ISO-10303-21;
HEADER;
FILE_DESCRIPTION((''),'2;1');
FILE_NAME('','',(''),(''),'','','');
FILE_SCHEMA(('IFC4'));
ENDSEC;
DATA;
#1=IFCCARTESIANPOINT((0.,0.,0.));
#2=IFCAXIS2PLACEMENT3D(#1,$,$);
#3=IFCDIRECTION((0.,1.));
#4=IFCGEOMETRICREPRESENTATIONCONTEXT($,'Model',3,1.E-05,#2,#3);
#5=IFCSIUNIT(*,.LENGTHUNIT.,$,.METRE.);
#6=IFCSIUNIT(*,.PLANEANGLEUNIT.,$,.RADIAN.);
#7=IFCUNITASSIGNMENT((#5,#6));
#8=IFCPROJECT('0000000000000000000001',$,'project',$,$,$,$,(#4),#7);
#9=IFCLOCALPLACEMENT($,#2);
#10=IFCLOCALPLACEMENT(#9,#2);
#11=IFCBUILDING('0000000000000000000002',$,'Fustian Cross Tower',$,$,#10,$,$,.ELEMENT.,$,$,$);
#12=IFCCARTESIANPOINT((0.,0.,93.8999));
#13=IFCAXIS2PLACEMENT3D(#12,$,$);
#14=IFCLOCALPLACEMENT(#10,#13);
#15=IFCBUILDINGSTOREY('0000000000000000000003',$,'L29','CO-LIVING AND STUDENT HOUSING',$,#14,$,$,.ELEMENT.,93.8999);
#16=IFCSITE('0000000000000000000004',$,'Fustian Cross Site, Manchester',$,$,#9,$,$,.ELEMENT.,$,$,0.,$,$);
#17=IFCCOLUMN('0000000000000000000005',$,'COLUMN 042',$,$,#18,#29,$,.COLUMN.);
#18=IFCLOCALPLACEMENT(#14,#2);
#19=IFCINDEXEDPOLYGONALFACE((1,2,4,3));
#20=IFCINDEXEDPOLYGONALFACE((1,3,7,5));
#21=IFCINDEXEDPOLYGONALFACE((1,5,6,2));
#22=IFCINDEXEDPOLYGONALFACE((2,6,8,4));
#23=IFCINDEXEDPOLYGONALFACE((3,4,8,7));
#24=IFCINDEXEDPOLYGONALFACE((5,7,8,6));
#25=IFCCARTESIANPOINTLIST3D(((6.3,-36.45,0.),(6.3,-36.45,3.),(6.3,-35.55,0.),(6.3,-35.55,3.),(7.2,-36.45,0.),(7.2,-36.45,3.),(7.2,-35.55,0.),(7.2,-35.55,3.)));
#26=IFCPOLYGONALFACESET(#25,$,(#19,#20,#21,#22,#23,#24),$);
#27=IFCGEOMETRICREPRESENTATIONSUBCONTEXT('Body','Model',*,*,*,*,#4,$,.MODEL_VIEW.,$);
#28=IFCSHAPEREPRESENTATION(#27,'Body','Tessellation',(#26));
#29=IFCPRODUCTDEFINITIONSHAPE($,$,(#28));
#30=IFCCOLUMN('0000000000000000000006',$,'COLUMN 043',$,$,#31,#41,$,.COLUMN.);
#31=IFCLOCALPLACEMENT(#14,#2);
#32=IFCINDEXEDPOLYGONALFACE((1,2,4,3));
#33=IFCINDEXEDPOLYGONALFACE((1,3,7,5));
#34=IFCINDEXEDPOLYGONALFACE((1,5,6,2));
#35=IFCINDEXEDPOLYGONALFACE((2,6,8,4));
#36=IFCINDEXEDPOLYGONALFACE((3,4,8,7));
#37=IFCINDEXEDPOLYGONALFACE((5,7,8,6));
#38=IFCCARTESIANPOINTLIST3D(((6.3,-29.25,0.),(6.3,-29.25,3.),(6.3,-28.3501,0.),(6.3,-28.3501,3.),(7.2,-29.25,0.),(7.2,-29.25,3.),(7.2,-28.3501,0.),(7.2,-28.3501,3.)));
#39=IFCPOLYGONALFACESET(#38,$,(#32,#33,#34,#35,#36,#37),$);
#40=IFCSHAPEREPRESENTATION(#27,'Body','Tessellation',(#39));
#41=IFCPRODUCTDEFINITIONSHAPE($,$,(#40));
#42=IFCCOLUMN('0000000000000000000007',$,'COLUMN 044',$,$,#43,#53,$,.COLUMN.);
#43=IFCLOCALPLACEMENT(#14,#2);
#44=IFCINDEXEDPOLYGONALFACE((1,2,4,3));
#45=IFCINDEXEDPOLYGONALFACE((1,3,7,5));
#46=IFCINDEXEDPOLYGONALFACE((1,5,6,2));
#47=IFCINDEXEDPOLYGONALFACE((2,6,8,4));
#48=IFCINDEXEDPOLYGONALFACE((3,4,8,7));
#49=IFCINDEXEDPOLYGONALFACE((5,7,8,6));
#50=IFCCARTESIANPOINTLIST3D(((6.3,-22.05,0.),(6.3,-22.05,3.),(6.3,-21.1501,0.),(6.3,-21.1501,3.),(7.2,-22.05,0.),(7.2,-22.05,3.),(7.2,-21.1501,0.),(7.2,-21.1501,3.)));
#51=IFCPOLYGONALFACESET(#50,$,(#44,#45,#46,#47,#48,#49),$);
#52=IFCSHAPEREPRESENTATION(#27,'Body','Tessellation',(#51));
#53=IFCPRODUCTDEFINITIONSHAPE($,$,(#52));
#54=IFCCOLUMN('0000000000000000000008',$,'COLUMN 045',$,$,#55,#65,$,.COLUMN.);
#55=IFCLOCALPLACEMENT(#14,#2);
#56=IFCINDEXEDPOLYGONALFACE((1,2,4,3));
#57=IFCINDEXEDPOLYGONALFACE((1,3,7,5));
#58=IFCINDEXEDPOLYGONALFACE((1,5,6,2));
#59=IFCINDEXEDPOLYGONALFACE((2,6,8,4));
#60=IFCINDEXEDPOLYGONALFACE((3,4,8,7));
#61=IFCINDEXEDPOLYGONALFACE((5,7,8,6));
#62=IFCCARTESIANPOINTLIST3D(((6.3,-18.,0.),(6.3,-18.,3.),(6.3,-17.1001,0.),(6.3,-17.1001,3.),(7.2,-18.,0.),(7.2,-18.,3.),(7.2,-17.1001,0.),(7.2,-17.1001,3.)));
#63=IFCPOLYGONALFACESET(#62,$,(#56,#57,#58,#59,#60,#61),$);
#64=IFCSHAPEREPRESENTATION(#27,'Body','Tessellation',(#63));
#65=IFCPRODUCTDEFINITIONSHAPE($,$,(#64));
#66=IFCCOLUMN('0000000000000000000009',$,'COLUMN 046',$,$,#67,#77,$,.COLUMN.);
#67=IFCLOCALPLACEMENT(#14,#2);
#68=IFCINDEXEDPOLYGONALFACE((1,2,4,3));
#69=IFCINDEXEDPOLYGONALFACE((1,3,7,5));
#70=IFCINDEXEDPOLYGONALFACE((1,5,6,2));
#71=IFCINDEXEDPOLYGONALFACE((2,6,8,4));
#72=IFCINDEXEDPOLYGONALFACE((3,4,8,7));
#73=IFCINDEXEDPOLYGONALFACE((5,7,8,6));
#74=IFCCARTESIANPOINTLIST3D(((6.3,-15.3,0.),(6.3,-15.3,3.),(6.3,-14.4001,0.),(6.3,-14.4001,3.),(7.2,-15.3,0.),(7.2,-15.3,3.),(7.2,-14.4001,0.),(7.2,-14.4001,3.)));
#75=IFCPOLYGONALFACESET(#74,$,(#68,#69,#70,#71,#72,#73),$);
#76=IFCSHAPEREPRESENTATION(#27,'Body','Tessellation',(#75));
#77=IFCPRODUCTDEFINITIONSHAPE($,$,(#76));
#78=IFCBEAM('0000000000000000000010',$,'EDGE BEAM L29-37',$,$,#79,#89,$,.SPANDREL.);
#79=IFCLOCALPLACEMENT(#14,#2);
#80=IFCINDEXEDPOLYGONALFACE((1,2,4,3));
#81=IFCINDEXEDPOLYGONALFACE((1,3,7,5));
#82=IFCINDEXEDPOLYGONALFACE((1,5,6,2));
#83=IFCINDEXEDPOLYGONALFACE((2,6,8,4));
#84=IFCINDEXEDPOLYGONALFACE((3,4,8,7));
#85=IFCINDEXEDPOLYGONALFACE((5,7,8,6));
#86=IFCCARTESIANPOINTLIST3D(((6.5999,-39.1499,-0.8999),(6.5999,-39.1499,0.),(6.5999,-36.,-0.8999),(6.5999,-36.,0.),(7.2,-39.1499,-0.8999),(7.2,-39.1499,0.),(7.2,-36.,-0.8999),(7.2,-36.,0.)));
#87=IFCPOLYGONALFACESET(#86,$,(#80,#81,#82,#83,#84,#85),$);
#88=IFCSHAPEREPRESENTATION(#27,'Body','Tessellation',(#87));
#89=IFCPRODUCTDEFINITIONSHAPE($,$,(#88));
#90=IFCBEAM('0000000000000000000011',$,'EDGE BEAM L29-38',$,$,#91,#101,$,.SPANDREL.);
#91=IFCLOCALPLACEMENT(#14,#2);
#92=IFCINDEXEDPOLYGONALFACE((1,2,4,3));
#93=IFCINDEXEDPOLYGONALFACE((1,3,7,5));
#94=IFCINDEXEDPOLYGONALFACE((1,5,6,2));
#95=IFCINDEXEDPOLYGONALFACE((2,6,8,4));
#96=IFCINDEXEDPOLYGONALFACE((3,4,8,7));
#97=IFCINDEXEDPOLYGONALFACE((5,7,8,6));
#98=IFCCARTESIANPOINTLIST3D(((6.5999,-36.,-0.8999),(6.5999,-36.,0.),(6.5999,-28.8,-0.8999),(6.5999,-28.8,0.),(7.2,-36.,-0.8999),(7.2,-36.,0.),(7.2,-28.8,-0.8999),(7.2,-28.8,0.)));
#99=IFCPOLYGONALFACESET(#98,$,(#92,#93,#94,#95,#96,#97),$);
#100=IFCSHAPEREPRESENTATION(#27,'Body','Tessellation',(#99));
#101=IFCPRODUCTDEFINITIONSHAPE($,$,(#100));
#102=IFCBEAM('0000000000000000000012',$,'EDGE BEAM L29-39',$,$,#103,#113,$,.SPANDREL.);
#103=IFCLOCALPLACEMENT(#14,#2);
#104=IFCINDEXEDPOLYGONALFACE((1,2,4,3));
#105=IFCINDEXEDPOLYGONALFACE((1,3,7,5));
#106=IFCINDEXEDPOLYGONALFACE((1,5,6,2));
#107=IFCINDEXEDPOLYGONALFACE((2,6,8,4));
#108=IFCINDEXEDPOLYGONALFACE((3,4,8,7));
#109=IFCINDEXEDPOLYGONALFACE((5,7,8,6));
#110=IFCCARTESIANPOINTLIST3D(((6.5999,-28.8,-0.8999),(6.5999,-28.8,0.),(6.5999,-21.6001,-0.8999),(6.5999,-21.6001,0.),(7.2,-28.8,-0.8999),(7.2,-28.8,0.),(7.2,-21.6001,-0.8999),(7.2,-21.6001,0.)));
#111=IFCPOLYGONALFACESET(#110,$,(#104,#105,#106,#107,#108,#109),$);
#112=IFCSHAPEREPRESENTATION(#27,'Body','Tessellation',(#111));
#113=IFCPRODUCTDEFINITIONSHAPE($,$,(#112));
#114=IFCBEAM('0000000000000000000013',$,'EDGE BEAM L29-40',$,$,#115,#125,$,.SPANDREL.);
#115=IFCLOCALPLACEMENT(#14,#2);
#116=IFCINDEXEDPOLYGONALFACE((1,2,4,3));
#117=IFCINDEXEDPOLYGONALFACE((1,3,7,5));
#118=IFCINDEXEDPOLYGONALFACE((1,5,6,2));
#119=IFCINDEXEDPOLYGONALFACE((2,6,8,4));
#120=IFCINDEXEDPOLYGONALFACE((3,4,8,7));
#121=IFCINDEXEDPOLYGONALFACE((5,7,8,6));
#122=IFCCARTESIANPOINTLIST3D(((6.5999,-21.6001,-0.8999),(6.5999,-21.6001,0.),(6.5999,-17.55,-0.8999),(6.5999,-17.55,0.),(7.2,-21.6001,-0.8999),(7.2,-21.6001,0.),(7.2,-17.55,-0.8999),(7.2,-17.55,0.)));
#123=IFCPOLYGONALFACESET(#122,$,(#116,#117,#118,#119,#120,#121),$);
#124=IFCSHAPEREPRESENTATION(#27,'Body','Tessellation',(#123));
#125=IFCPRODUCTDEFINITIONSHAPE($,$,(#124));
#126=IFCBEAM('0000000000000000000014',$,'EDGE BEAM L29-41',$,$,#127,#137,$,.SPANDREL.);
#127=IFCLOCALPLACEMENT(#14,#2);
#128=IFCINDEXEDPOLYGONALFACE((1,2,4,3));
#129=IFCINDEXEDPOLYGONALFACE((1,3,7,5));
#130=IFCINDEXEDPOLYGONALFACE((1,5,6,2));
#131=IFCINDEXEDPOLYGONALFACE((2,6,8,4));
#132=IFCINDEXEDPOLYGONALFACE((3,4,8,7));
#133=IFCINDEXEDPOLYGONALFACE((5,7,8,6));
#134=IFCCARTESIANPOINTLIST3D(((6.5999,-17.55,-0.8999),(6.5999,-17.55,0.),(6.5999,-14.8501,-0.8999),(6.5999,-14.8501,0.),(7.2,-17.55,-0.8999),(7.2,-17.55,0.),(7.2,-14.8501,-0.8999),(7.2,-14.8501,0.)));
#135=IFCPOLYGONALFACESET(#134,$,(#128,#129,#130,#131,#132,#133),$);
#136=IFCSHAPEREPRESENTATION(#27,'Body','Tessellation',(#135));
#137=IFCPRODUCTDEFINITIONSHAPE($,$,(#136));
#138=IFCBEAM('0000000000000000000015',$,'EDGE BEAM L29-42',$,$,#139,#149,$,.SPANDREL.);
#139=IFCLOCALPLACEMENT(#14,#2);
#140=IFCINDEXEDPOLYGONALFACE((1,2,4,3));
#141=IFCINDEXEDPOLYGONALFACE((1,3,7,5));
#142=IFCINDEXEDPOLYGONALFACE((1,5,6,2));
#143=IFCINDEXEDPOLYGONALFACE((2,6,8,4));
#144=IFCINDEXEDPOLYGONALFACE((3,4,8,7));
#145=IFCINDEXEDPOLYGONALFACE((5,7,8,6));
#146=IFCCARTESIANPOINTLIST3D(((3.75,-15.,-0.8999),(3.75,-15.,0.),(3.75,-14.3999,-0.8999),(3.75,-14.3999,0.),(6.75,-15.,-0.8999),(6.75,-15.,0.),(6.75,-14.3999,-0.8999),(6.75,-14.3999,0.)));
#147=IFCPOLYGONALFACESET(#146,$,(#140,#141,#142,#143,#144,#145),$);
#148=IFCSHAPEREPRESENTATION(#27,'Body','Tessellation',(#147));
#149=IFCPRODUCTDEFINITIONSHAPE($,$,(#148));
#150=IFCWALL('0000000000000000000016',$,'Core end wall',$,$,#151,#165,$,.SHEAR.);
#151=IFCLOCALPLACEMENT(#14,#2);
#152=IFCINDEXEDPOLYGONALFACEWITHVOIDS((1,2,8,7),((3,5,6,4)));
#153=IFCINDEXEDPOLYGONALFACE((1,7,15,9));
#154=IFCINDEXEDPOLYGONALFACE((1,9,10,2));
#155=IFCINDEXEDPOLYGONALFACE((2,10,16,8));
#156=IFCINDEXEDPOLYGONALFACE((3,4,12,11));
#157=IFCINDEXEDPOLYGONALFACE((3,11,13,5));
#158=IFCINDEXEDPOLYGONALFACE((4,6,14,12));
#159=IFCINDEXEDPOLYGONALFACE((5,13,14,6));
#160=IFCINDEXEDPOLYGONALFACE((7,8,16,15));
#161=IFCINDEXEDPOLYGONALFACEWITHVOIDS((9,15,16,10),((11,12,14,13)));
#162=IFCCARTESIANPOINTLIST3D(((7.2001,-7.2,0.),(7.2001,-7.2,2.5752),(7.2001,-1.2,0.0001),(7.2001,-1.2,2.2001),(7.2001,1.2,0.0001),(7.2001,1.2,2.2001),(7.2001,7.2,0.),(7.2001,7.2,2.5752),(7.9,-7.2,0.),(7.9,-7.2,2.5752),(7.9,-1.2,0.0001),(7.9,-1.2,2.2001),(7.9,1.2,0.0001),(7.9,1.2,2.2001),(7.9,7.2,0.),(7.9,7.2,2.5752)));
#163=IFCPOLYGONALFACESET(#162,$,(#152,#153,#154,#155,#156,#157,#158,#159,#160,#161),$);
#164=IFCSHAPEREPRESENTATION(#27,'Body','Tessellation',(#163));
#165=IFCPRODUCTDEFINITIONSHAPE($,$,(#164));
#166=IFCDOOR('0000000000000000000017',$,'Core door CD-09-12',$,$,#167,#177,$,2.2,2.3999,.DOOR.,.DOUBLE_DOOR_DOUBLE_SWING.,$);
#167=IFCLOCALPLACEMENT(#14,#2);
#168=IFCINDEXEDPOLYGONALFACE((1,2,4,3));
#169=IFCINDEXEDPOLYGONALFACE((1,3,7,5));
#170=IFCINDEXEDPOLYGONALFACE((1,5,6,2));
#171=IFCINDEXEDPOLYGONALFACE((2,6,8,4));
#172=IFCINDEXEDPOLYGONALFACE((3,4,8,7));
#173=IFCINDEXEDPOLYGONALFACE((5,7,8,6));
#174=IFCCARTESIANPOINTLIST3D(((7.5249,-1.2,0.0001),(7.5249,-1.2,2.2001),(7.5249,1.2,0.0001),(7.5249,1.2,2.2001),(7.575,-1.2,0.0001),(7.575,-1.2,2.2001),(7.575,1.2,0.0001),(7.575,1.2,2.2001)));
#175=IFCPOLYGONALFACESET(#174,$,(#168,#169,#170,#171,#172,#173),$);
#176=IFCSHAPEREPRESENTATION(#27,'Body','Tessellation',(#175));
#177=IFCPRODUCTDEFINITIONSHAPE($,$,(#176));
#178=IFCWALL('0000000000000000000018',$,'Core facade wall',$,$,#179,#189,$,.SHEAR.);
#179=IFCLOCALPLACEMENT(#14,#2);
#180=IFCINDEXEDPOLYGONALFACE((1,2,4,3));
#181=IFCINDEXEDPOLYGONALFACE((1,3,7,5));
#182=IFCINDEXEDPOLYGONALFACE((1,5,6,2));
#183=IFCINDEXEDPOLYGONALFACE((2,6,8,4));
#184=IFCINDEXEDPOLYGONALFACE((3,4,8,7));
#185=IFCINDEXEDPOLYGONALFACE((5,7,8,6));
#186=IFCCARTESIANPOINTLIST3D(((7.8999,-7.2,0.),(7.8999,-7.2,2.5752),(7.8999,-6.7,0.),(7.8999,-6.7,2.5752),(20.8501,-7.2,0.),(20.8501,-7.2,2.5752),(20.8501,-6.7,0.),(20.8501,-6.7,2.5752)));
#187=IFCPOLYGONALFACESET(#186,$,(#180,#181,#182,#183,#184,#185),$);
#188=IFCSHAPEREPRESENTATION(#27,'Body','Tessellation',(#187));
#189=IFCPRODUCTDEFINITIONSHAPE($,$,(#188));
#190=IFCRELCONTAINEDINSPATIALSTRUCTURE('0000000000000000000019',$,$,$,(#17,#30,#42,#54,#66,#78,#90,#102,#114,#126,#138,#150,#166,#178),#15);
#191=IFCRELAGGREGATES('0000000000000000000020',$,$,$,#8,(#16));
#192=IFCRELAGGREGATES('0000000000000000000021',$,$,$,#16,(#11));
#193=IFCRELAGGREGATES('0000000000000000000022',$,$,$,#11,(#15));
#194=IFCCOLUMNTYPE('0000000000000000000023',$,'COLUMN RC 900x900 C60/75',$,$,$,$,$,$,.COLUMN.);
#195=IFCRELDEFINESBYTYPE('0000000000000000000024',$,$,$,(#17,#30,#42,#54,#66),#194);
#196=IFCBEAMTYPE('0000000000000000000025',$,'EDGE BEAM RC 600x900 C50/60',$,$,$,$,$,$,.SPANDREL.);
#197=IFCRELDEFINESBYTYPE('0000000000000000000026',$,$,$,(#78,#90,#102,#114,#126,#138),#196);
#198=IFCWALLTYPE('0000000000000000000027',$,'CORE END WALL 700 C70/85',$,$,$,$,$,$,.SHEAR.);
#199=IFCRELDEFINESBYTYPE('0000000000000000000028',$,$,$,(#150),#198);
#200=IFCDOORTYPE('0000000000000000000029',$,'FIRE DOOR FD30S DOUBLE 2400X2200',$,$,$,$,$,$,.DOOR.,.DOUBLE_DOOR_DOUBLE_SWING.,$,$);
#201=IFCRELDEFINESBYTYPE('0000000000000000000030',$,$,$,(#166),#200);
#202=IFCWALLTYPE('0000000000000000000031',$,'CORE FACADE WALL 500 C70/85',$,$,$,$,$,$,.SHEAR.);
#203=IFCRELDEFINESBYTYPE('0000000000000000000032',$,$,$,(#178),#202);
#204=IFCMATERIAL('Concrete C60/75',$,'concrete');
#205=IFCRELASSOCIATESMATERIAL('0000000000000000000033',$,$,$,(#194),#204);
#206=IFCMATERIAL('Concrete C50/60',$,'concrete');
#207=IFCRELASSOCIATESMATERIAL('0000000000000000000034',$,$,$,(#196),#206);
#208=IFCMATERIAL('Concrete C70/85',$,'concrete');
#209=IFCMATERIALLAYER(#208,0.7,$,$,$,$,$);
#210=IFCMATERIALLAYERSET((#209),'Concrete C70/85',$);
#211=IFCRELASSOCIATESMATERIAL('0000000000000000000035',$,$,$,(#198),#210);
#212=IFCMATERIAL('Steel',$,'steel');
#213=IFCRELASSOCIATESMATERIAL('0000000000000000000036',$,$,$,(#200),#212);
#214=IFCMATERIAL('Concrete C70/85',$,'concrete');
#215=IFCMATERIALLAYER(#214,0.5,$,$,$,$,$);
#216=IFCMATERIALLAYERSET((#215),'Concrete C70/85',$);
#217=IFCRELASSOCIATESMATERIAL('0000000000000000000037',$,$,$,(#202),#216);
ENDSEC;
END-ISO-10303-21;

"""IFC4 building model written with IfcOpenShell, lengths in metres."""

from ifc_helpers import new_model, si_unit, direction, frame, frame_2d, origin, origin_2d, place, context, subcontext, project, spatial, rectangle, extrude, material, layer, layer_set, material_profile, profile_set, type_object, element, fill, save


model = new_model("IFC4")

# Units and contexts
model_context = context("Model", 3, precision=1e-05, world=origin(), true_north=direction((0.0, 1.0)))
body_context = subcontext(model_context, "Body", "Model", "MODEL_VIEW")
ifc_project = project(units=[si_unit("LENGTHUNIT", "METRE"), si_unit("PLANEANGLEUNIT", "RADIAN")], contexts=[model_context])

# Site, building, storey
site_placement = place(None, origin())
site = spatial("IfcSite", under=ifc_project, at=site_placement, Name="Fustian Cross Site, Manchester", CompositionType="ELEMENT", RefElevation=0.0)
building_placement = place(site_placement, origin())
building = spatial("IfcBuilding", under=site, at=building_placement, Name="Fustian Cross Tower", CompositionType="ELEMENT")
storey_placement = place(building_placement, frame((0.0, 0.0, 93.8999)))
storey = spatial("IfcBuildingStorey", under=building, at=storey_placement, Name="L29", Description="CO-LIVING AND STUDENT HOUSING", CompositionType="ELEMENT", Elevation=93.8999)

# Columns
ifc_material_1 = material(Name="Concrete C60/75", Category="concrete")
ifc_material_profile_1 = material_profile(ifc_material_1, rectangle(XDim=0.8999, YDim=0.8999, at=origin_2d()), Name="RC 900x900")
ifc_profile_set_1 = profile_set([ifc_material_profile_1], Name="Concrete C60/75")
column_type = type_object("IfcColumnType", Name="COLUMN RC 900x900 C60/75", PredefinedType="COLUMN", material=ifc_profile_set_1)
for number, where, z_axis, x_axis, name in (
    (1, (6.75, -36.0, 0.0), (0.0, 0.0, 1.0), (1.0, 0.0, 0.0), "COLUMN 042"),
    (2, (6.75, -28.8, 0.0), (0.0, 0.0, 1.0), (1.0, 0.0, 0.0), "COLUMN 043"),
    (3, (6.75, -21.6001, 0.0), (0.0, 0.0, 1.0), (1.0, 0.0, 0.0), "COLUMN 044"),
    (4, (6.75, -17.55, 0.0), (0.0, 0.0, 1.0), (1.0, 0.0, 0.0), "COLUMN 045"),
    (5, (6.75, -14.8501, 0.0), (0.0, 0.0, 1.0), (1.0, 0.0, 0.0), "COLUMN 046"),
):
    element("IfcColumn", number, at=place(storey_placement, frame(where, z_axis=z_axis, x_axis=x_axis)), inside=storey, type_object=column_type, Name=name, PredefinedType="COLUMN", context=body_context, shape_type="SweptSolid", body=[
        extrude(rectangle(XDim=0.8999, YDim=0.8999, at=origin_2d()), origin(), (0.0, 0.0, 1.0), 3.0),
    ])

# Beams
ifc_material_2 = material(Name="Concrete C50/60", Category="concrete")
ifc_material_profile_2 = material_profile(ifc_material_2, rectangle(XDim=0.6001, YDim=0.8999, at=origin_2d()), Name="RC 600x900")
ifc_profile_set_2 = profile_set([ifc_material_profile_2], Name="Concrete C50/60")
beam_type = type_object("IfcBeamType", Name="EDGE BEAM RC 600x900 C50/60", PredefinedType="SPANDREL", material=ifc_profile_set_2)
beam_1_placement = place(storey_placement, frame((6.8999, -39.1499, -0.45), z_axis=(0.0, 1.0, 0.0), x_axis=(-1.0, 0.0, 0.0)))
element("IfcBeam", 6, at=beam_1_placement, inside=storey, type_object=beam_type, Name="EDGE BEAM L29-37", PredefinedType="SPANDREL", context=body_context, shape_type="SweptSolid", body=[
    extrude(rectangle(XDim=0.6001, YDim=0.8999, at=origin_2d()), origin(), (0.0, 0.0, 1.0), 3.1499),
])
for number, where, z_axis, x_axis, name in (
    (7, (6.8999, -36.0, -0.45), (0.0, 1.0, 0.0), (-1.0, 0.0, 0.0), "EDGE BEAM L29-38"),
    (8, (6.8999, -28.8, -0.45), (0.0, 1.0, 0.0), (-1.0, 0.0, 0.0), "EDGE BEAM L29-39"),
):
    element("IfcBeam", number, at=place(storey_placement, frame(where, z_axis=z_axis, x_axis=x_axis)), inside=storey, type_object=beam_type, Name=name, PredefinedType="SPANDREL", context=body_context, shape_type="SweptSolid", body=[
        extrude(rectangle(XDim=0.6001, YDim=0.8999, at=origin_2d()), origin(), (0.0, 0.0, 1.0), 7.2),
    ])
beam_2_placement = place(storey_placement, frame((6.8999, -21.6001, -0.45), z_axis=(0.0, 1.0, 0.0), x_axis=(-1.0, 0.0, 0.0)))
element("IfcBeam", 9, at=beam_2_placement, inside=storey, type_object=beam_type, Name="EDGE BEAM L29-40", PredefinedType="SPANDREL", context=body_context, shape_type="SweptSolid", body=[
    extrude(rectangle(XDim=0.6001, YDim=0.8999, at=origin_2d()), origin(), (0.0, 0.0, 1.0), 4.05),
])
beam_3_placement = place(storey_placement, frame((6.8999, -17.55, -0.45), z_axis=(0.0, 1.0, 0.0), x_axis=(-1.0, 0.0, 0.0)))
element("IfcBeam", 10, at=beam_3_placement, inside=storey, type_object=beam_type, Name="EDGE BEAM L29-41", PredefinedType="SPANDREL", context=body_context, shape_type="SweptSolid", body=[
    extrude(rectangle(XDim=0.6001, YDim=0.8999, at=origin_2d()), origin(), (0.0, 0.0, 1.0), 2.7),
])
beam_4_placement = place(storey_placement, frame((6.75, -14.7, -0.45), z_axis=(-1.0, 0.0, 0.0), x_axis=(0.0, -1.0, 0.0)))
element("IfcBeam", 11, at=beam_4_placement, inside=storey, type_object=beam_type, Name="EDGE BEAM L29-42", PredefinedType="SPANDREL", context=body_context, shape_type="SweptSolid", body=[
    extrude(rectangle(XDim=0.6001, YDim=0.8999, at=origin_2d()), origin(), (0.0, 0.0, 1.0), 3.0),
])

# Wall, opening, door
ifc_material_3 = material(Name="Concrete C70/85", Category="concrete")
ifc_layer_1 = layer(ifc_material_3, 0.7)
ifc_layer_set_1 = layer_set([ifc_layer_1], Name="Concrete C70/85")
wall_type_1 = type_object("IfcWallType", Name="CORE END WALL 700 C70/85", PredefinedType="SHEAR", material=ifc_layer_set_1)
wall_1_placement = place(storey_placement, frame((7.55, -7.2, 0.0), z_axis=(0.0, 0.0, 1.0), x_axis=(0.0, 1.0, 0.0)))
wall_1 = element("IfcWall", 12, at=wall_1_placement, inside=storey, type_object=wall_type_1, Name="Core end wall", PredefinedType="SHEAR", context=body_context, shape_type="SweptSolid", body=[
    extrude(rectangle(XDim=14.3999, YDim=0.7, at=frame_2d((7.2, 0.0))), origin(), (0.0, 0.0, 1.0), 2.5752),
])
opening_1_placement = place(wall_1_placement, frame((6.0, 0.0, 0.0)))
opening_1 = element("IfcOpeningElement", 13, at=opening_1_placement, cuts=wall_1, PredefinedType="OPENING", context=body_context, shape_type="SweptSolid", body=[
    extrude(rectangle(XDim=2.3999, YDim=2.2, at=frame_2d((1.2, 1.1001))), frame((0.0, 0.3599, 0.0), z_axis=(0.0, -1.0, 0.0), x_axis=(1.0, 0.0, 0.0)), (0.0, 0.0, 1.0), 0.72),
])
ifc_material_4 = material(Name="Steel", Category="steel")
door_type = type_object("IfcDoorType", Name="FIRE DOOR FD30S DOUBLE 2400X2200", OperationType="DOUBLE_DOOR_DOUBLE_SWING", PredefinedType="DOOR", material=ifc_material_4)
door_placement = place(opening_1_placement, frame((2.3999, 0.0, 0.0), z_axis=(0.0, 0.0, 1.0), x_axis=(-1.0, 0.0, 0.0)))
door = element("IfcDoor", 14, at=door_placement, inside=storey, type_object=door_type, Name="Core door CD-09-12", OperationType="DOUBLE_DOOR_DOUBLE_SWING", OverallHeight=2.2, OverallWidth=2.3999, PredefinedType="DOOR", context=body_context, shape_type="SweptSolid", body=[
    extrude(rectangle(XDim=2.3999, YDim=2.2, at=frame_2d((1.2, 1.1001))), frame((0.0, 0.0249, 0.0), z_axis=(0.0, -1.0, 0.0), x_axis=(1.0, 0.0, 0.0)), (0.0, 0.0, 1.0), 0.05),
])
fill(opening_1, door)

# Wall
ifc_material_5 = material(Name="Concrete C70/85", Category="concrete")
ifc_layer_2 = layer(ifc_material_5, 0.5)
ifc_layer_set_2 = layer_set([ifc_layer_2], Name="Concrete C70/85")
wall_type_2 = type_object("IfcWallType", Name="CORE FACADE WALL 500 C70/85", PredefinedType="SHEAR", material=ifc_layer_set_2)
wall_2_placement = place(storey_placement, frame((7.8999, -6.95, 0.0), z_axis=(0.0, 0.0, 1.0), x_axis=(1.0, 0.0, 0.0)))
element("IfcWall", 15, at=wall_2_placement, inside=storey, type_object=wall_type_2, Name="Core facade wall", PredefinedType="SHEAR", context=body_context, shape_type="SweptSolid", body=[
    extrude(rectangle(XDim=12.9502, YDim=0.5, at=frame_2d((6.4751, 0.0))), origin(), (0.0, 0.0, 1.0), 2.5752),
])

save(model, "model.ifc")
